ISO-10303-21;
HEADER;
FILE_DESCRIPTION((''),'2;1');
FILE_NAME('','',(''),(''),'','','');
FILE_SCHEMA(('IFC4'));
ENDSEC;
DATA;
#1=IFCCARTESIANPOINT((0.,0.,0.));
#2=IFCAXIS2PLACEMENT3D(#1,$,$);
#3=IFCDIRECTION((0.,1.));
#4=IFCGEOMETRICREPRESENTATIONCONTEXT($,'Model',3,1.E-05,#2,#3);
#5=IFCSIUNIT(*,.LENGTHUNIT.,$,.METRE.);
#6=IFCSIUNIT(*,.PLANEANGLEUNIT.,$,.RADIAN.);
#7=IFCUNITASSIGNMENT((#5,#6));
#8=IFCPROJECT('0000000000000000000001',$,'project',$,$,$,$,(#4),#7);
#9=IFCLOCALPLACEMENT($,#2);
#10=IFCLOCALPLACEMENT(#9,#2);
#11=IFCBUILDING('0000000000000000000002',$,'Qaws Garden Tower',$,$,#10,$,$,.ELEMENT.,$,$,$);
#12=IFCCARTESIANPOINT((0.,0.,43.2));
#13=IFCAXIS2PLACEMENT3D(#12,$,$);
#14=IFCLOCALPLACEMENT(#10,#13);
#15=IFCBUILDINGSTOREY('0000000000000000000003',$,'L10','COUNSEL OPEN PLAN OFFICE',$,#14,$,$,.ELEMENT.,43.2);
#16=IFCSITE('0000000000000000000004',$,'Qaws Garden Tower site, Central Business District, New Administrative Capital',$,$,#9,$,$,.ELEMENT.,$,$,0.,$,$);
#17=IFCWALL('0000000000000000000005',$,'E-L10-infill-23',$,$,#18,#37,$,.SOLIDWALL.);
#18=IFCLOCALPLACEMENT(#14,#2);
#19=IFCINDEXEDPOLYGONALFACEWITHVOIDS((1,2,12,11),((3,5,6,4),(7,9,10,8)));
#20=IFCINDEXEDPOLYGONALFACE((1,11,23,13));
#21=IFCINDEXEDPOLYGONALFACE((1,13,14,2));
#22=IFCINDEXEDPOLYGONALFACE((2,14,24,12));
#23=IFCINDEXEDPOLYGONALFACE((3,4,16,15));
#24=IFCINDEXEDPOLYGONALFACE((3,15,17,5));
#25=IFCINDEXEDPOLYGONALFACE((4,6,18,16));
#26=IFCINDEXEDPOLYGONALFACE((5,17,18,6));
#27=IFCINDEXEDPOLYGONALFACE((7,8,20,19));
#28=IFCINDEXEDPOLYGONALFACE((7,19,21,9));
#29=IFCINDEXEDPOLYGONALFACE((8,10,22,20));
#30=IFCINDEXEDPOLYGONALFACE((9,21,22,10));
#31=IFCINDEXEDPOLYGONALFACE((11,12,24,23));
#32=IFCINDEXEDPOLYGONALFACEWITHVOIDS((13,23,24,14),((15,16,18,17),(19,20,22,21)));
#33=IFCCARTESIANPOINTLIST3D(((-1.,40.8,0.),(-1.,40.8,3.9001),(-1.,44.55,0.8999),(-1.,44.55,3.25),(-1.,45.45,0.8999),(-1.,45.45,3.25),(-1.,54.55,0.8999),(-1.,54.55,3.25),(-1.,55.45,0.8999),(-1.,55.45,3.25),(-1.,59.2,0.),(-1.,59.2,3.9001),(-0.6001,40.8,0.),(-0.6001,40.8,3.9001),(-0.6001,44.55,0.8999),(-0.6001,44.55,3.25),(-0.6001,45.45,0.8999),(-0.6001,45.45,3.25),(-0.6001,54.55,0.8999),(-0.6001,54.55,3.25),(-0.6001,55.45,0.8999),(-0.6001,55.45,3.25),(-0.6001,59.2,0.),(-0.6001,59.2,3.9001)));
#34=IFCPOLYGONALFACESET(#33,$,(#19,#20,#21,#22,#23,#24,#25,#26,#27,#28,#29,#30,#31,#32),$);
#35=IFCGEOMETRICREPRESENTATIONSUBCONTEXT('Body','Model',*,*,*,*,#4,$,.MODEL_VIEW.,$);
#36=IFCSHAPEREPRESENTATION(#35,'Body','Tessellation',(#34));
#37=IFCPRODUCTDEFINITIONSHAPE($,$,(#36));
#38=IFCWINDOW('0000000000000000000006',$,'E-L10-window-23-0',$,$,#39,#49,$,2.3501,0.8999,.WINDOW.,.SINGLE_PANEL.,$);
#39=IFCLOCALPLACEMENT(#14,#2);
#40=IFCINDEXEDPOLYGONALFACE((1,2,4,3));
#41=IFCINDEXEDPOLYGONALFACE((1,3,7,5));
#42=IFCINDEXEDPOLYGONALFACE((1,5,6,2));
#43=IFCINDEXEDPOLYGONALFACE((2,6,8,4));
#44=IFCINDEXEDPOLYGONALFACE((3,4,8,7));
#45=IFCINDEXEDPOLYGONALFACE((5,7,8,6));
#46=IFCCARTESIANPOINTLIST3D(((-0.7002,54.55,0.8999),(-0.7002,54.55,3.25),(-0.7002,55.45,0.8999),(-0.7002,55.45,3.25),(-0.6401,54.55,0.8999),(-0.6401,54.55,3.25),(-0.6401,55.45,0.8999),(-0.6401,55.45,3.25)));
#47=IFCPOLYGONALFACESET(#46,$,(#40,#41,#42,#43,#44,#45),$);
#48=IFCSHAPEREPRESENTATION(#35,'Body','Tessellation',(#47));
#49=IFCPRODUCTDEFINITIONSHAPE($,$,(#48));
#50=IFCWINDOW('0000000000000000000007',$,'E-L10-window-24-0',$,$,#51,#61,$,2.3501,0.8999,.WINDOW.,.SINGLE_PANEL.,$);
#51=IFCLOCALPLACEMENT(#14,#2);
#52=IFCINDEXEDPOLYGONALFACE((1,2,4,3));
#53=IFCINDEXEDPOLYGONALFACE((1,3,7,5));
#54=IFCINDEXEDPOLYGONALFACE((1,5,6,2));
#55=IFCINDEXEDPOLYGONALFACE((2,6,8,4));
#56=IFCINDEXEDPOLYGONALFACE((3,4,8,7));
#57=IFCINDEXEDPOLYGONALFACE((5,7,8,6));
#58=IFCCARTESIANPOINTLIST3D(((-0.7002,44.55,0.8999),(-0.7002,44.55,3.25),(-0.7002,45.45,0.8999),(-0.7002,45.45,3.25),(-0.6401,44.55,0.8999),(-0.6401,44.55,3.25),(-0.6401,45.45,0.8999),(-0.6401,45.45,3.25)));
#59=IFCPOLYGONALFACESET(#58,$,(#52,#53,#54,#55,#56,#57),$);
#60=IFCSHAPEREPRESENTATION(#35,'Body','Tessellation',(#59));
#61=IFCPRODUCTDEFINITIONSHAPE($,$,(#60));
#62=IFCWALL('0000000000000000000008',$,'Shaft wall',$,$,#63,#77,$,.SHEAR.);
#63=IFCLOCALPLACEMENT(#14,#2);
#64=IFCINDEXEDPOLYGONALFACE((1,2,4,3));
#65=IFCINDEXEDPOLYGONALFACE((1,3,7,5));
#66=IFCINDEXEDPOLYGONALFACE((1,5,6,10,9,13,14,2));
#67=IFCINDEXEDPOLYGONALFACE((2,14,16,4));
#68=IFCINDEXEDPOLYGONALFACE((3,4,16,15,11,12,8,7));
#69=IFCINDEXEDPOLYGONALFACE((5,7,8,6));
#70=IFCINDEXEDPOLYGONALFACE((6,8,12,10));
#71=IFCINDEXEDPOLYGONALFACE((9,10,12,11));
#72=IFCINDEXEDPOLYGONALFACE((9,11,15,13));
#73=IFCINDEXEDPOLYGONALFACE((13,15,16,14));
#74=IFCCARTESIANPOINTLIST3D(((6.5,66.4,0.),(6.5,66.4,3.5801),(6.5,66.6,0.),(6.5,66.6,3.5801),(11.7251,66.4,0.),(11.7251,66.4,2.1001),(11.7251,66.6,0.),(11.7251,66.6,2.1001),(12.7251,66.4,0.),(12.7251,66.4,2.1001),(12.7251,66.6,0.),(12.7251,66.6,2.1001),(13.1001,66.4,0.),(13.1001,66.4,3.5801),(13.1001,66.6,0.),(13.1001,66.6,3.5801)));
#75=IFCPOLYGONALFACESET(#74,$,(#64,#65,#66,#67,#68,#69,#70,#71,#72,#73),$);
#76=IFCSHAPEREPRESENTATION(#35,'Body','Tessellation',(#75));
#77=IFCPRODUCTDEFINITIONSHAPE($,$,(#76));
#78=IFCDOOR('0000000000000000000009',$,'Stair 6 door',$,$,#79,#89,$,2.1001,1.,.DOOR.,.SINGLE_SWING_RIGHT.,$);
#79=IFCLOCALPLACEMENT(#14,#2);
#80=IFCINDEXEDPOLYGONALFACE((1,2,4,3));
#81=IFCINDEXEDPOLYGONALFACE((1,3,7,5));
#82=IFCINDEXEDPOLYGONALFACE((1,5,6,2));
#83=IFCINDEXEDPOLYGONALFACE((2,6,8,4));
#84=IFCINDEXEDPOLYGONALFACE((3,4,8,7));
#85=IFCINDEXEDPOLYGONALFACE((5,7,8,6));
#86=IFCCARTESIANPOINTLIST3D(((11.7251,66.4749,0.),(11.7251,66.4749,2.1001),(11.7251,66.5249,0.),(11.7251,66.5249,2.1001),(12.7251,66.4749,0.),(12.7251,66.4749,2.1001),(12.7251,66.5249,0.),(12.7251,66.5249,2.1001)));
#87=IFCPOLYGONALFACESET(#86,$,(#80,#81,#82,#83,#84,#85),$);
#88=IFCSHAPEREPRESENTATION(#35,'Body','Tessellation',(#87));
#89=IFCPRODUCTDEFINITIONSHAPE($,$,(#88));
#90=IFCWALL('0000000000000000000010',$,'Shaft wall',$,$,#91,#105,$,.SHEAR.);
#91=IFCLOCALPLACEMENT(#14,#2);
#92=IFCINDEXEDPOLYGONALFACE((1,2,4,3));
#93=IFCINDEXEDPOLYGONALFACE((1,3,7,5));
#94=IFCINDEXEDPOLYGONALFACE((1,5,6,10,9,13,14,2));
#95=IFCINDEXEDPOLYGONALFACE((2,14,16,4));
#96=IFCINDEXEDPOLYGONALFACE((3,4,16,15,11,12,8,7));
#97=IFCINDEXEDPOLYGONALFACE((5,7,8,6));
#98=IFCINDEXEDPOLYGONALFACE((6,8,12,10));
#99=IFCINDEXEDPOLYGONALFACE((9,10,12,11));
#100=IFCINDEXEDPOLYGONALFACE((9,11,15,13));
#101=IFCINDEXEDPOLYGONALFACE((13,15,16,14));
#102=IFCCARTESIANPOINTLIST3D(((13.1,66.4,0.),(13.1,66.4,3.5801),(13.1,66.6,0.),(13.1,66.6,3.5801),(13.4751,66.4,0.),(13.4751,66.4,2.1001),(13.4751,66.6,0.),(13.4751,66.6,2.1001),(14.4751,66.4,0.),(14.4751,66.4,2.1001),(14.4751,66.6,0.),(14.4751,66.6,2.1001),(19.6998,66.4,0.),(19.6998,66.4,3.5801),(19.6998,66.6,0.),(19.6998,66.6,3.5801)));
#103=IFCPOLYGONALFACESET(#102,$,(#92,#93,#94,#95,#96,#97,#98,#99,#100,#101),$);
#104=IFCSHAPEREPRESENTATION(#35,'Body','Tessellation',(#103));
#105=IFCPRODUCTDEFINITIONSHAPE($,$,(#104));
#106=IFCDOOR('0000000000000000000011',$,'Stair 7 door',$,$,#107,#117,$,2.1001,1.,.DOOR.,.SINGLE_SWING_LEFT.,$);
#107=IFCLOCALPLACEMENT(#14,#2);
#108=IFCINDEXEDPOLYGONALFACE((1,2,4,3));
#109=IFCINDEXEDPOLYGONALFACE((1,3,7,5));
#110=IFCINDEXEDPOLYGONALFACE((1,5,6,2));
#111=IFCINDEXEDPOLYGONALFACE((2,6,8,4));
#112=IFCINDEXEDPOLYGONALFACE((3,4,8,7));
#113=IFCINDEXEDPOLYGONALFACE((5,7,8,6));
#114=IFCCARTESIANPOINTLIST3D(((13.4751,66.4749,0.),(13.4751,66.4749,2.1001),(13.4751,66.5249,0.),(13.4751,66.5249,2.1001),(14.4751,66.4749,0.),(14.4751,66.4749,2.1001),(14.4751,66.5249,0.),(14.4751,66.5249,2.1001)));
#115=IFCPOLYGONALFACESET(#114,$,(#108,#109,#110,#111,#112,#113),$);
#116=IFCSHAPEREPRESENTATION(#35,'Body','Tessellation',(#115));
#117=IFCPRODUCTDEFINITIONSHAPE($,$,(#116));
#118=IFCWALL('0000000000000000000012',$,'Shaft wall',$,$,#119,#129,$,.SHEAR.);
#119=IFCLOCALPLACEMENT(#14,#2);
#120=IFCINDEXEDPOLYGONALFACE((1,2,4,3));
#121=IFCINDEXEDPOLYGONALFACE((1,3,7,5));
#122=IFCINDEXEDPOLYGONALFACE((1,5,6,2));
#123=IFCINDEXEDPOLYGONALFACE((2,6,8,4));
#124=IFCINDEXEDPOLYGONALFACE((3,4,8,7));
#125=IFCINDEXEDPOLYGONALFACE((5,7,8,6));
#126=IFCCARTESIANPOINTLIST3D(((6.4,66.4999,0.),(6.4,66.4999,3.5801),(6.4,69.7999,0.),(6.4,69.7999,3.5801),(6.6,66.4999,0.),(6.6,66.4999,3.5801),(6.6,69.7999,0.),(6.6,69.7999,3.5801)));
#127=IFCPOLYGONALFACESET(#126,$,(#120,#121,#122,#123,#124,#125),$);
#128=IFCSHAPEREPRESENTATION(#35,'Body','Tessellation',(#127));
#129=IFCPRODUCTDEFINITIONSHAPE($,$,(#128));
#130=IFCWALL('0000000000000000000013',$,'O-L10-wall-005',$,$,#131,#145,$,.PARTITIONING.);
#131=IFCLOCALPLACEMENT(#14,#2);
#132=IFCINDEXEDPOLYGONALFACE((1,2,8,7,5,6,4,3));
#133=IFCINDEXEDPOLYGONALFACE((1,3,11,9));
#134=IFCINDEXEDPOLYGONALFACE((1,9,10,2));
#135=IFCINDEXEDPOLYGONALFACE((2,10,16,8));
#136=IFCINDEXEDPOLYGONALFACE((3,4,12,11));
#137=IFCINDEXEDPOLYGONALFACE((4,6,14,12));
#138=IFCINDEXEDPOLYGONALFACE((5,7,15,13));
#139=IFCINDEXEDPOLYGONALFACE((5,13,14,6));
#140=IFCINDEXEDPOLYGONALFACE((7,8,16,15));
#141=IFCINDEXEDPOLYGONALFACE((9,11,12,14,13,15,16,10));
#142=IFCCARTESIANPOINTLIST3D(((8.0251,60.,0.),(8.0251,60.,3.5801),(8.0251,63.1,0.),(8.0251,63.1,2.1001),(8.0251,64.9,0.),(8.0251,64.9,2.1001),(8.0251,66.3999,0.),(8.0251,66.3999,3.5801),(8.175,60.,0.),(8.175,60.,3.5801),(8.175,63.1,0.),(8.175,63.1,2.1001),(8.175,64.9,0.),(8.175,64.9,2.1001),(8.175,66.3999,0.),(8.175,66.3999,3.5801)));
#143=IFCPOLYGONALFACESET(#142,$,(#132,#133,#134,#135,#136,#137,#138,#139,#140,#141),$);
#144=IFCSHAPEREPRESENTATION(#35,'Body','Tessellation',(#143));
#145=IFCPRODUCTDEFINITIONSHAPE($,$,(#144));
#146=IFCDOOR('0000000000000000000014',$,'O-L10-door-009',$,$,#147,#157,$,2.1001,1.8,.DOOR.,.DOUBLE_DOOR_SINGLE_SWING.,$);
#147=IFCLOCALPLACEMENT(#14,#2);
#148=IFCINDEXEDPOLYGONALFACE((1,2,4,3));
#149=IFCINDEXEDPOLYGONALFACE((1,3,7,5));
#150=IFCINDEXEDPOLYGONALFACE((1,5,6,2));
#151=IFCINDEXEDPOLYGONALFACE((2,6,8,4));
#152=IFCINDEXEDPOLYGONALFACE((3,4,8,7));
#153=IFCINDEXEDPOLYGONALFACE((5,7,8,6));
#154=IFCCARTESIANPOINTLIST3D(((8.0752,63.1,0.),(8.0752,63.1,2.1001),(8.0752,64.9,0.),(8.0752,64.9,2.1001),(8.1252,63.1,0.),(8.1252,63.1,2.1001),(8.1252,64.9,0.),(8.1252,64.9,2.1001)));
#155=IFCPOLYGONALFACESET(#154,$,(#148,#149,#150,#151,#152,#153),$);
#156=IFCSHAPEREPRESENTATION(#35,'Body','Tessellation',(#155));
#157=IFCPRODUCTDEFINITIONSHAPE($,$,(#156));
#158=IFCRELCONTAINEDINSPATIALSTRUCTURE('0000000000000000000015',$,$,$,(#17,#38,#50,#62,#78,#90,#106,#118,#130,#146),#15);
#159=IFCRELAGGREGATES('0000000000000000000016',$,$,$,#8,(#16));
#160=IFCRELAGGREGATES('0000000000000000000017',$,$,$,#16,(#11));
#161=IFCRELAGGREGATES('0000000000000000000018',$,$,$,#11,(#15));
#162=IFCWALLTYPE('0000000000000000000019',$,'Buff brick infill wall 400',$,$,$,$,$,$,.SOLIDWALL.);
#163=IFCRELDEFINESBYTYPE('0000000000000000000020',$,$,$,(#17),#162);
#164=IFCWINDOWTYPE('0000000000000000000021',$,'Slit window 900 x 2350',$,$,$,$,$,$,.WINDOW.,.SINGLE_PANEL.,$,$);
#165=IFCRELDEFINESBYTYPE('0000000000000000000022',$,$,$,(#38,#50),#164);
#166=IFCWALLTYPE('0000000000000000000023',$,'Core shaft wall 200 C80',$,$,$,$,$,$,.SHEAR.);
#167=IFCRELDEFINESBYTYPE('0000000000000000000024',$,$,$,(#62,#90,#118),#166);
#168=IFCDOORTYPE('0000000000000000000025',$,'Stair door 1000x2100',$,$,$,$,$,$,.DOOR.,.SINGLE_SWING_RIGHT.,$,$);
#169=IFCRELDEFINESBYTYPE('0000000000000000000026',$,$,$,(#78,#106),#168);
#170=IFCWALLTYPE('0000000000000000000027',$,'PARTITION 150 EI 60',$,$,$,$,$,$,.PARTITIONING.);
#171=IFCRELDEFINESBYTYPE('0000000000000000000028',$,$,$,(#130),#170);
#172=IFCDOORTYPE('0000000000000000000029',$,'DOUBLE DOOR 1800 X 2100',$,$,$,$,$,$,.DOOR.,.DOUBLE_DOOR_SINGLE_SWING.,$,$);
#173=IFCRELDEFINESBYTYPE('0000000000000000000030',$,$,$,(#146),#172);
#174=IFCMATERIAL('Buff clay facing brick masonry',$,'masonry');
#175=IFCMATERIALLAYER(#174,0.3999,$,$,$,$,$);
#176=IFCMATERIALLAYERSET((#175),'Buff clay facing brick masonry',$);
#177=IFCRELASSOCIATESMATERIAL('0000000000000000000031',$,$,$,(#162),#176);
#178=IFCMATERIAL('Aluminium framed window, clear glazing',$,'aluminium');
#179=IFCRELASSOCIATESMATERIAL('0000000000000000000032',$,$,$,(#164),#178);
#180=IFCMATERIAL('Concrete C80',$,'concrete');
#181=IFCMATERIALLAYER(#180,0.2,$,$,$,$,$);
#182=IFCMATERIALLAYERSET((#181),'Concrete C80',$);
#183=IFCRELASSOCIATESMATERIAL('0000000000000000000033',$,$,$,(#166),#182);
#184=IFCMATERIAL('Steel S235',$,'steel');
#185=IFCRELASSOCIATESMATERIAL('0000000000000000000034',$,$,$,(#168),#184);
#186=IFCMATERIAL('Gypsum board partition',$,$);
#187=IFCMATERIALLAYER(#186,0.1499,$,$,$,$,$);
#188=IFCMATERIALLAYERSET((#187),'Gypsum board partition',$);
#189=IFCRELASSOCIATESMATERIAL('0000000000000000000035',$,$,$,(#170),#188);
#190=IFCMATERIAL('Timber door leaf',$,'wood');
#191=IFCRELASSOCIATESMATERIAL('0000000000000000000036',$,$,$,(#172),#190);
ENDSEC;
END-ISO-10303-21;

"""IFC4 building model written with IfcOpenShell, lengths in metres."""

from ifc_helpers import new_model, si_unit, direction, frame, frame_2d, origin, place, context, subcontext, project, spatial, rectangle, extrude, material, layer, layer_set, type_object, element, fill, save


model = new_model("IFC4")

# Units and contexts
model_context = context("Model", 3, precision=1e-05, world=origin(), true_north=direction((0.0, 1.0)))
body_context = subcontext(model_context, "Body", "Model", "MODEL_VIEW")
ifc_project = project(units=[si_unit("LENGTHUNIT", "METRE"), si_unit("PLANEANGLEUNIT", "RADIAN")], contexts=[model_context])

# Site, building, storey
site_placement = place(None, origin())
site = spatial("IfcSite", under=ifc_project, at=site_placement, Name="Qaws Garden Tower site, Central Business District, New Administrative Capital", CompositionType="ELEMENT", RefElevation=0.0)
building_placement = place(site_placement, origin())
building = spatial("IfcBuilding", under=site, at=building_placement, Name="Qaws Garden Tower", CompositionType="ELEMENT")
storey_placement = place(building_placement, frame((0.0, 0.0, 43.2)))
storey = spatial("IfcBuildingStorey", under=building, at=storey_placement, Name="L10", Description="COUNSEL OPEN PLAN OFFICE", CompositionType="ELEMENT", Elevation=43.2)

# Shared definitions
ifc_material_1 = material(Name="Buff clay facing brick masonry", Category="masonry")
ifc_layer_1 = layer(ifc_material_1, 0.3999)
ifc_layer_set_1 = layer_set([ifc_layer_1], Name="Buff clay facing brick masonry")
wall_type_1 = type_object("IfcWallType", Name="Buff brick infill wall 400", PredefinedType="SOLIDWALL", material=ifc_layer_set_1)

# Wall, openings, windows
wall_1_placement = place(storey_placement, frame((-0.8, 59.2, 0.0), z_axis=(0.0, 0.0, 1.0), x_axis=(0.0, -1.0, 0.0)))
wall_1 = element("IfcWall", 1, at=wall_1_placement, inside=storey, type_object=wall_type_1, Name="E-L10-infill-23", PredefinedType="SOLIDWALL", context=body_context, shape_type="SweptSolid", body=[
    extrude(rectangle(XDim=18.3999, YDim=0.3999, at=frame_2d((9.2, 0.0))), origin(), (0.0, 0.0, 1.0), 3.9001),
])
opening_1_placement = place(wall_1_placement, frame((3.75, 0.0, 0.8999)))
opening_1 = element("IfcOpeningElement", 2, at=opening_1_placement, cuts=wall_1, PredefinedType="OPENING", context=body_context, shape_type="SweptSolid", body=[
    extrude(rectangle(XDim=0.8999, YDim=2.3501, at=frame_2d((0.45, 1.175))), frame((0.0, 0.21, 0.0), z_axis=(0.0, -1.0, 0.0), x_axis=(1.0, 0.0, 0.0)), (0.0, 0.0, 1.0), 0.4199),
])
opening_2_placement = place(wall_1_placement, frame((13.75, 0.0, 0.8999)))
opening_2 = element("IfcOpeningElement", 3, at=opening_2_placement, cuts=wall_1, PredefinedType="OPENING", context=body_context, shape_type="SweptSolid", body=[
    extrude(rectangle(XDim=0.8999, YDim=2.3501, at=frame_2d((0.45, 1.175))), frame((0.0, 0.21, 0.0), z_axis=(0.0, -1.0, 0.0), x_axis=(1.0, 0.0, 0.0)), (0.0, 0.0, 1.0), 0.4199),
])
ifc_material_2 = material(Name="Aluminium framed window, clear glazing", Category="aluminium")
window_type_1 = type_object("IfcWindowType", Name="Slit window 900 x 2350", PartitioningType="SINGLE_PANEL", PredefinedType="WINDOW", material=ifc_material_2)
window_1_placement = place(opening_1_placement, origin())
window_1 = element("IfcWindow", 4, at=window_1_placement, inside=storey, type_object=window_type_1, Name="E-L10-window-23-0", OverallHeight=2.3501, OverallWidth=0.8999, PartitioningType="SINGLE_PANEL", PredefinedType="WINDOW", context=body_context, shape_type="SweptSolid", body=[
    extrude(rectangle(XDim=0.8999, YDim=2.3501, at=frame_2d((0.45, 1.175))), frame((0.0, 0.1599, 0.0), z_axis=(0.0, -1.0, 0.0), x_axis=(1.0, 0.0, 0.0)), (0.0, 0.0, 1.0), 0.0601),
])
fill(opening_1, window_1)
window_2_placement = place(opening_2_placement, origin())
window_2 = element("IfcWindow", 5, at=window_2_placement, inside=storey, type_object=window_type_1, Name="E-L10-window-24-0", OverallHeight=2.3501, OverallWidth=0.8999, PartitioningType="SINGLE_PANEL", PredefinedType="WINDOW", context=body_context, shape_type="SweptSolid", body=[
    extrude(rectangle(XDim=0.8999, YDim=2.3501, at=frame_2d((0.45, 1.175))), frame((0.0, 0.1599, 0.0), z_axis=(0.0, -1.0, 0.0), x_axis=(1.0, 0.0, 0.0)), (0.0, 0.0, 1.0), 0.0601),
])
fill(opening_2, window_2)

# Walls, openings, doors
ifc_material_3 = material(Name="Concrete C80", Category="concrete")
ifc_layer_2 = layer(ifc_material_3, 0.2)
ifc_layer_set_2 = layer_set([ifc_layer_2], Name="Concrete C80")
wall_type_2 = type_object("IfcWallType", Name="Core shaft wall 200 C80", PredefinedType="SHEAR", material=ifc_layer_set_2)
wall_2_placement = place(storey_placement, frame((6.5, 66.5, 0.0), z_axis=(0.0, 0.0, 1.0), x_axis=(1.0, 0.0, 0.0)))
wall_2 = element("IfcWall", 6, at=wall_2_placement, inside=storey, type_object=wall_type_2, Name="Shaft wall", PredefinedType="SHEAR", context=body_context, shape_type="SweptSolid", body=[
    extrude(rectangle(XDim=6.6001, YDim=0.2, at=frame_2d((3.3, 0.0))), origin(), (0.0, 0.0, 1.0), 3.5801),
])
opening_3_placement = place(wall_2_placement, frame((5.2251, 0.0, 0.0)))
opening_3 = element("IfcOpeningElement", 7, at=opening_3_placement, cuts=wall_2, PredefinedType="OPENING", context=body_context, shape_type="SweptSolid", body=[
    extrude(rectangle(XDim=1.0, YDim=2.1001, at=frame_2d((0.5, 1.05))), frame((0.0, 0.1099, 0.0), z_axis=(0.0, -1.0, 0.0), x_axis=(1.0, 0.0, 0.0)), (0.0, 0.0, 1.0), 0.22),
])
ifc_material_4 = material(Name="Steel S235", Category="steel")
door_type_1 = type_object("IfcDoorType", Name="Stair door 1000x2100", OperationType="SINGLE_SWING_RIGHT", PredefinedType="DOOR", material=ifc_material_4)
door_1_placement = place(opening_3_placement, origin())
door_1 = element("IfcDoor", 8, at=door_1_placement, inside=storey, type_object=door_type_1, Name="Stair 6 door", OperationType="SINGLE_SWING_RIGHT", OverallHeight=2.1001, OverallWidth=1.0, PredefinedType="DOOR", context=body_context, shape_type="SweptSolid", body=[
    extrude(rectangle(XDim=1.0, YDim=2.1001, at=frame_2d((0.5, 1.05))), frame((0.0, 0.0249, 0.0), z_axis=(0.0, -1.0, 0.0), x_axis=(1.0, 0.0, 0.0)), (0.0, 0.0, 1.0), 0.05),
])
fill(opening_3, door_1)
wall_3_placement = place(storey_placement, frame((13.1001, 66.5, 0.0), z_axis=(0.0, 0.0, 1.0), x_axis=(1.0, 0.0, 0.0)))
wall_3 = element("IfcWall", 9, at=wall_3_placement, inside=storey, type_object=wall_type_2, Name="Shaft wall", PredefinedType="SHEAR", context=body_context, shape_type="SweptSolid", body=[
    extrude(rectangle(XDim=6.5999, YDim=0.2, at=frame_2d((3.2998, 0.0))), origin(), (0.0, 0.0, 1.0), 3.5801),
])
opening_4_placement = place(wall_3_placement, frame((0.375, 0.0, 0.0)))
opening_4 = element("IfcOpeningElement", 10, at=opening_4_placement, cuts=wall_3, PredefinedType="OPENING", context=body_context, shape_type="SweptSolid", body=[
    extrude(rectangle(XDim=1.0, YDim=2.1001, at=frame_2d((0.5, 1.05))), frame((0.0, 0.1099, 0.0), z_axis=(0.0, -1.0, 0.0), x_axis=(1.0, 0.0, 0.0)), (0.0, 0.0, 1.0), 0.22),
])
door_2_placement = place(opening_4_placement, origin())
door_2 = element("IfcDoor", 11, at=door_2_placement, inside=storey, type_object=door_type_1, Name="Stair 7 door", OperationType="SINGLE_SWING_LEFT", OverallHeight=2.1001, OverallWidth=1.0, PredefinedType="DOOR", context=body_context, shape_type="SweptSolid", body=[
    extrude(rectangle(XDim=1.0, YDim=2.1001, at=frame_2d((0.5, 1.05))), frame((0.0, 0.0249, 0.0), z_axis=(0.0, -1.0, 0.0), x_axis=(1.0, 0.0, 0.0)), (0.0, 0.0, 1.0), 0.05),
])
fill(opening_4, door_2)

# Wall
wall_4_placement = place(storey_placement, frame((6.5, 66.5, 0.0), z_axis=(0.0, 0.0, 1.0), x_axis=(0.0, 1.0, 0.0)))
element("IfcWall", 12, at=wall_4_placement, inside=storey, type_object=wall_type_2, Name="Shaft wall", PredefinedType="SHEAR", context=body_context, shape_type="SweptSolid", body=[
    extrude(rectangle(XDim=3.3, YDim=0.2, at=frame_2d((1.6499, 0.0))), origin(), (0.0, 0.0, 1.0), 3.5801),
])

# Wall, opening, door
ifc_material_5 = material(Name="Gypsum board partition")
ifc_layer_3 = layer(ifc_material_5, 0.1499)
ifc_layer_set_3 = layer_set([ifc_layer_3], Name="Gypsum board partition")
wall_type_3 = type_object("IfcWallType", Name="PARTITION 150 EI 60", PredefinedType="PARTITIONING", material=ifc_layer_set_3)
wall_5_placement = place(storey_placement, frame((8.1001, 60.0, 0.0), z_axis=(0.0, 0.0, 1.0), x_axis=(0.0, 1.0, 0.0)))
wall_5 = element("IfcWall", 13, at=wall_5_placement, inside=storey, type_object=wall_type_3, Name="O-L10-wall-005", PredefinedType="PARTITIONING", context=body_context, shape_type="SweptSolid", body=[
    extrude(rectangle(XDim=6.3999, YDim=0.1499, at=frame_2d((3.2, 0.0))), origin(), (0.0, 0.0, 1.0), 3.5801),
])
opening_5_placement = place(wall_5_placement, frame((3.1001, 0.0, 0.0)))
opening_5 = element("IfcOpeningElement", 14, at=opening_5_placement, cuts=wall_5, PredefinedType="OPENING", context=body_context, shape_type="SweptSolid", body=[
    extrude(rectangle(XDim=1.8, YDim=2.1001, at=frame_2d((0.8999, 1.05))), frame((0.0, 0.085, 0.0), z_axis=(0.0, -1.0, 0.0), x_axis=(1.0, 0.0, 0.0)), (0.0, 0.0, 1.0), 0.1699),
])
ifc_material_6 = material(Name="Timber door leaf", Category="wood")
door_type_2 = type_object("IfcDoorType", Name="DOUBLE DOOR 1800 X 2100", OperationType="DOUBLE_DOOR_SINGLE_SWING", PredefinedType="DOOR", material=ifc_material_6)
door_3_placement = place(opening_5_placement, origin())
door_3 = element("IfcDoor", 15, at=door_3_placement, inside=storey, type_object=door_type_2, Name="O-L10-door-009", OperationType="DOUBLE_DOOR_SINGLE_SWING", OverallHeight=2.1001, OverallWidth=1.8, PredefinedType="DOOR", context=body_context, shape_type="SweptSolid", body=[
    extrude(rectangle(XDim=1.8, YDim=2.1001, at=frame_2d((0.8999, 1.05))), frame((0.0, 0.0249, 0.0), z_axis=(0.0, -1.0, 0.0), x_axis=(1.0, 0.0, 0.0)), (0.0, 0.0, 1.0), 0.05),
])
fill(opening_5, door_3)

save(model, "model.ifc")
